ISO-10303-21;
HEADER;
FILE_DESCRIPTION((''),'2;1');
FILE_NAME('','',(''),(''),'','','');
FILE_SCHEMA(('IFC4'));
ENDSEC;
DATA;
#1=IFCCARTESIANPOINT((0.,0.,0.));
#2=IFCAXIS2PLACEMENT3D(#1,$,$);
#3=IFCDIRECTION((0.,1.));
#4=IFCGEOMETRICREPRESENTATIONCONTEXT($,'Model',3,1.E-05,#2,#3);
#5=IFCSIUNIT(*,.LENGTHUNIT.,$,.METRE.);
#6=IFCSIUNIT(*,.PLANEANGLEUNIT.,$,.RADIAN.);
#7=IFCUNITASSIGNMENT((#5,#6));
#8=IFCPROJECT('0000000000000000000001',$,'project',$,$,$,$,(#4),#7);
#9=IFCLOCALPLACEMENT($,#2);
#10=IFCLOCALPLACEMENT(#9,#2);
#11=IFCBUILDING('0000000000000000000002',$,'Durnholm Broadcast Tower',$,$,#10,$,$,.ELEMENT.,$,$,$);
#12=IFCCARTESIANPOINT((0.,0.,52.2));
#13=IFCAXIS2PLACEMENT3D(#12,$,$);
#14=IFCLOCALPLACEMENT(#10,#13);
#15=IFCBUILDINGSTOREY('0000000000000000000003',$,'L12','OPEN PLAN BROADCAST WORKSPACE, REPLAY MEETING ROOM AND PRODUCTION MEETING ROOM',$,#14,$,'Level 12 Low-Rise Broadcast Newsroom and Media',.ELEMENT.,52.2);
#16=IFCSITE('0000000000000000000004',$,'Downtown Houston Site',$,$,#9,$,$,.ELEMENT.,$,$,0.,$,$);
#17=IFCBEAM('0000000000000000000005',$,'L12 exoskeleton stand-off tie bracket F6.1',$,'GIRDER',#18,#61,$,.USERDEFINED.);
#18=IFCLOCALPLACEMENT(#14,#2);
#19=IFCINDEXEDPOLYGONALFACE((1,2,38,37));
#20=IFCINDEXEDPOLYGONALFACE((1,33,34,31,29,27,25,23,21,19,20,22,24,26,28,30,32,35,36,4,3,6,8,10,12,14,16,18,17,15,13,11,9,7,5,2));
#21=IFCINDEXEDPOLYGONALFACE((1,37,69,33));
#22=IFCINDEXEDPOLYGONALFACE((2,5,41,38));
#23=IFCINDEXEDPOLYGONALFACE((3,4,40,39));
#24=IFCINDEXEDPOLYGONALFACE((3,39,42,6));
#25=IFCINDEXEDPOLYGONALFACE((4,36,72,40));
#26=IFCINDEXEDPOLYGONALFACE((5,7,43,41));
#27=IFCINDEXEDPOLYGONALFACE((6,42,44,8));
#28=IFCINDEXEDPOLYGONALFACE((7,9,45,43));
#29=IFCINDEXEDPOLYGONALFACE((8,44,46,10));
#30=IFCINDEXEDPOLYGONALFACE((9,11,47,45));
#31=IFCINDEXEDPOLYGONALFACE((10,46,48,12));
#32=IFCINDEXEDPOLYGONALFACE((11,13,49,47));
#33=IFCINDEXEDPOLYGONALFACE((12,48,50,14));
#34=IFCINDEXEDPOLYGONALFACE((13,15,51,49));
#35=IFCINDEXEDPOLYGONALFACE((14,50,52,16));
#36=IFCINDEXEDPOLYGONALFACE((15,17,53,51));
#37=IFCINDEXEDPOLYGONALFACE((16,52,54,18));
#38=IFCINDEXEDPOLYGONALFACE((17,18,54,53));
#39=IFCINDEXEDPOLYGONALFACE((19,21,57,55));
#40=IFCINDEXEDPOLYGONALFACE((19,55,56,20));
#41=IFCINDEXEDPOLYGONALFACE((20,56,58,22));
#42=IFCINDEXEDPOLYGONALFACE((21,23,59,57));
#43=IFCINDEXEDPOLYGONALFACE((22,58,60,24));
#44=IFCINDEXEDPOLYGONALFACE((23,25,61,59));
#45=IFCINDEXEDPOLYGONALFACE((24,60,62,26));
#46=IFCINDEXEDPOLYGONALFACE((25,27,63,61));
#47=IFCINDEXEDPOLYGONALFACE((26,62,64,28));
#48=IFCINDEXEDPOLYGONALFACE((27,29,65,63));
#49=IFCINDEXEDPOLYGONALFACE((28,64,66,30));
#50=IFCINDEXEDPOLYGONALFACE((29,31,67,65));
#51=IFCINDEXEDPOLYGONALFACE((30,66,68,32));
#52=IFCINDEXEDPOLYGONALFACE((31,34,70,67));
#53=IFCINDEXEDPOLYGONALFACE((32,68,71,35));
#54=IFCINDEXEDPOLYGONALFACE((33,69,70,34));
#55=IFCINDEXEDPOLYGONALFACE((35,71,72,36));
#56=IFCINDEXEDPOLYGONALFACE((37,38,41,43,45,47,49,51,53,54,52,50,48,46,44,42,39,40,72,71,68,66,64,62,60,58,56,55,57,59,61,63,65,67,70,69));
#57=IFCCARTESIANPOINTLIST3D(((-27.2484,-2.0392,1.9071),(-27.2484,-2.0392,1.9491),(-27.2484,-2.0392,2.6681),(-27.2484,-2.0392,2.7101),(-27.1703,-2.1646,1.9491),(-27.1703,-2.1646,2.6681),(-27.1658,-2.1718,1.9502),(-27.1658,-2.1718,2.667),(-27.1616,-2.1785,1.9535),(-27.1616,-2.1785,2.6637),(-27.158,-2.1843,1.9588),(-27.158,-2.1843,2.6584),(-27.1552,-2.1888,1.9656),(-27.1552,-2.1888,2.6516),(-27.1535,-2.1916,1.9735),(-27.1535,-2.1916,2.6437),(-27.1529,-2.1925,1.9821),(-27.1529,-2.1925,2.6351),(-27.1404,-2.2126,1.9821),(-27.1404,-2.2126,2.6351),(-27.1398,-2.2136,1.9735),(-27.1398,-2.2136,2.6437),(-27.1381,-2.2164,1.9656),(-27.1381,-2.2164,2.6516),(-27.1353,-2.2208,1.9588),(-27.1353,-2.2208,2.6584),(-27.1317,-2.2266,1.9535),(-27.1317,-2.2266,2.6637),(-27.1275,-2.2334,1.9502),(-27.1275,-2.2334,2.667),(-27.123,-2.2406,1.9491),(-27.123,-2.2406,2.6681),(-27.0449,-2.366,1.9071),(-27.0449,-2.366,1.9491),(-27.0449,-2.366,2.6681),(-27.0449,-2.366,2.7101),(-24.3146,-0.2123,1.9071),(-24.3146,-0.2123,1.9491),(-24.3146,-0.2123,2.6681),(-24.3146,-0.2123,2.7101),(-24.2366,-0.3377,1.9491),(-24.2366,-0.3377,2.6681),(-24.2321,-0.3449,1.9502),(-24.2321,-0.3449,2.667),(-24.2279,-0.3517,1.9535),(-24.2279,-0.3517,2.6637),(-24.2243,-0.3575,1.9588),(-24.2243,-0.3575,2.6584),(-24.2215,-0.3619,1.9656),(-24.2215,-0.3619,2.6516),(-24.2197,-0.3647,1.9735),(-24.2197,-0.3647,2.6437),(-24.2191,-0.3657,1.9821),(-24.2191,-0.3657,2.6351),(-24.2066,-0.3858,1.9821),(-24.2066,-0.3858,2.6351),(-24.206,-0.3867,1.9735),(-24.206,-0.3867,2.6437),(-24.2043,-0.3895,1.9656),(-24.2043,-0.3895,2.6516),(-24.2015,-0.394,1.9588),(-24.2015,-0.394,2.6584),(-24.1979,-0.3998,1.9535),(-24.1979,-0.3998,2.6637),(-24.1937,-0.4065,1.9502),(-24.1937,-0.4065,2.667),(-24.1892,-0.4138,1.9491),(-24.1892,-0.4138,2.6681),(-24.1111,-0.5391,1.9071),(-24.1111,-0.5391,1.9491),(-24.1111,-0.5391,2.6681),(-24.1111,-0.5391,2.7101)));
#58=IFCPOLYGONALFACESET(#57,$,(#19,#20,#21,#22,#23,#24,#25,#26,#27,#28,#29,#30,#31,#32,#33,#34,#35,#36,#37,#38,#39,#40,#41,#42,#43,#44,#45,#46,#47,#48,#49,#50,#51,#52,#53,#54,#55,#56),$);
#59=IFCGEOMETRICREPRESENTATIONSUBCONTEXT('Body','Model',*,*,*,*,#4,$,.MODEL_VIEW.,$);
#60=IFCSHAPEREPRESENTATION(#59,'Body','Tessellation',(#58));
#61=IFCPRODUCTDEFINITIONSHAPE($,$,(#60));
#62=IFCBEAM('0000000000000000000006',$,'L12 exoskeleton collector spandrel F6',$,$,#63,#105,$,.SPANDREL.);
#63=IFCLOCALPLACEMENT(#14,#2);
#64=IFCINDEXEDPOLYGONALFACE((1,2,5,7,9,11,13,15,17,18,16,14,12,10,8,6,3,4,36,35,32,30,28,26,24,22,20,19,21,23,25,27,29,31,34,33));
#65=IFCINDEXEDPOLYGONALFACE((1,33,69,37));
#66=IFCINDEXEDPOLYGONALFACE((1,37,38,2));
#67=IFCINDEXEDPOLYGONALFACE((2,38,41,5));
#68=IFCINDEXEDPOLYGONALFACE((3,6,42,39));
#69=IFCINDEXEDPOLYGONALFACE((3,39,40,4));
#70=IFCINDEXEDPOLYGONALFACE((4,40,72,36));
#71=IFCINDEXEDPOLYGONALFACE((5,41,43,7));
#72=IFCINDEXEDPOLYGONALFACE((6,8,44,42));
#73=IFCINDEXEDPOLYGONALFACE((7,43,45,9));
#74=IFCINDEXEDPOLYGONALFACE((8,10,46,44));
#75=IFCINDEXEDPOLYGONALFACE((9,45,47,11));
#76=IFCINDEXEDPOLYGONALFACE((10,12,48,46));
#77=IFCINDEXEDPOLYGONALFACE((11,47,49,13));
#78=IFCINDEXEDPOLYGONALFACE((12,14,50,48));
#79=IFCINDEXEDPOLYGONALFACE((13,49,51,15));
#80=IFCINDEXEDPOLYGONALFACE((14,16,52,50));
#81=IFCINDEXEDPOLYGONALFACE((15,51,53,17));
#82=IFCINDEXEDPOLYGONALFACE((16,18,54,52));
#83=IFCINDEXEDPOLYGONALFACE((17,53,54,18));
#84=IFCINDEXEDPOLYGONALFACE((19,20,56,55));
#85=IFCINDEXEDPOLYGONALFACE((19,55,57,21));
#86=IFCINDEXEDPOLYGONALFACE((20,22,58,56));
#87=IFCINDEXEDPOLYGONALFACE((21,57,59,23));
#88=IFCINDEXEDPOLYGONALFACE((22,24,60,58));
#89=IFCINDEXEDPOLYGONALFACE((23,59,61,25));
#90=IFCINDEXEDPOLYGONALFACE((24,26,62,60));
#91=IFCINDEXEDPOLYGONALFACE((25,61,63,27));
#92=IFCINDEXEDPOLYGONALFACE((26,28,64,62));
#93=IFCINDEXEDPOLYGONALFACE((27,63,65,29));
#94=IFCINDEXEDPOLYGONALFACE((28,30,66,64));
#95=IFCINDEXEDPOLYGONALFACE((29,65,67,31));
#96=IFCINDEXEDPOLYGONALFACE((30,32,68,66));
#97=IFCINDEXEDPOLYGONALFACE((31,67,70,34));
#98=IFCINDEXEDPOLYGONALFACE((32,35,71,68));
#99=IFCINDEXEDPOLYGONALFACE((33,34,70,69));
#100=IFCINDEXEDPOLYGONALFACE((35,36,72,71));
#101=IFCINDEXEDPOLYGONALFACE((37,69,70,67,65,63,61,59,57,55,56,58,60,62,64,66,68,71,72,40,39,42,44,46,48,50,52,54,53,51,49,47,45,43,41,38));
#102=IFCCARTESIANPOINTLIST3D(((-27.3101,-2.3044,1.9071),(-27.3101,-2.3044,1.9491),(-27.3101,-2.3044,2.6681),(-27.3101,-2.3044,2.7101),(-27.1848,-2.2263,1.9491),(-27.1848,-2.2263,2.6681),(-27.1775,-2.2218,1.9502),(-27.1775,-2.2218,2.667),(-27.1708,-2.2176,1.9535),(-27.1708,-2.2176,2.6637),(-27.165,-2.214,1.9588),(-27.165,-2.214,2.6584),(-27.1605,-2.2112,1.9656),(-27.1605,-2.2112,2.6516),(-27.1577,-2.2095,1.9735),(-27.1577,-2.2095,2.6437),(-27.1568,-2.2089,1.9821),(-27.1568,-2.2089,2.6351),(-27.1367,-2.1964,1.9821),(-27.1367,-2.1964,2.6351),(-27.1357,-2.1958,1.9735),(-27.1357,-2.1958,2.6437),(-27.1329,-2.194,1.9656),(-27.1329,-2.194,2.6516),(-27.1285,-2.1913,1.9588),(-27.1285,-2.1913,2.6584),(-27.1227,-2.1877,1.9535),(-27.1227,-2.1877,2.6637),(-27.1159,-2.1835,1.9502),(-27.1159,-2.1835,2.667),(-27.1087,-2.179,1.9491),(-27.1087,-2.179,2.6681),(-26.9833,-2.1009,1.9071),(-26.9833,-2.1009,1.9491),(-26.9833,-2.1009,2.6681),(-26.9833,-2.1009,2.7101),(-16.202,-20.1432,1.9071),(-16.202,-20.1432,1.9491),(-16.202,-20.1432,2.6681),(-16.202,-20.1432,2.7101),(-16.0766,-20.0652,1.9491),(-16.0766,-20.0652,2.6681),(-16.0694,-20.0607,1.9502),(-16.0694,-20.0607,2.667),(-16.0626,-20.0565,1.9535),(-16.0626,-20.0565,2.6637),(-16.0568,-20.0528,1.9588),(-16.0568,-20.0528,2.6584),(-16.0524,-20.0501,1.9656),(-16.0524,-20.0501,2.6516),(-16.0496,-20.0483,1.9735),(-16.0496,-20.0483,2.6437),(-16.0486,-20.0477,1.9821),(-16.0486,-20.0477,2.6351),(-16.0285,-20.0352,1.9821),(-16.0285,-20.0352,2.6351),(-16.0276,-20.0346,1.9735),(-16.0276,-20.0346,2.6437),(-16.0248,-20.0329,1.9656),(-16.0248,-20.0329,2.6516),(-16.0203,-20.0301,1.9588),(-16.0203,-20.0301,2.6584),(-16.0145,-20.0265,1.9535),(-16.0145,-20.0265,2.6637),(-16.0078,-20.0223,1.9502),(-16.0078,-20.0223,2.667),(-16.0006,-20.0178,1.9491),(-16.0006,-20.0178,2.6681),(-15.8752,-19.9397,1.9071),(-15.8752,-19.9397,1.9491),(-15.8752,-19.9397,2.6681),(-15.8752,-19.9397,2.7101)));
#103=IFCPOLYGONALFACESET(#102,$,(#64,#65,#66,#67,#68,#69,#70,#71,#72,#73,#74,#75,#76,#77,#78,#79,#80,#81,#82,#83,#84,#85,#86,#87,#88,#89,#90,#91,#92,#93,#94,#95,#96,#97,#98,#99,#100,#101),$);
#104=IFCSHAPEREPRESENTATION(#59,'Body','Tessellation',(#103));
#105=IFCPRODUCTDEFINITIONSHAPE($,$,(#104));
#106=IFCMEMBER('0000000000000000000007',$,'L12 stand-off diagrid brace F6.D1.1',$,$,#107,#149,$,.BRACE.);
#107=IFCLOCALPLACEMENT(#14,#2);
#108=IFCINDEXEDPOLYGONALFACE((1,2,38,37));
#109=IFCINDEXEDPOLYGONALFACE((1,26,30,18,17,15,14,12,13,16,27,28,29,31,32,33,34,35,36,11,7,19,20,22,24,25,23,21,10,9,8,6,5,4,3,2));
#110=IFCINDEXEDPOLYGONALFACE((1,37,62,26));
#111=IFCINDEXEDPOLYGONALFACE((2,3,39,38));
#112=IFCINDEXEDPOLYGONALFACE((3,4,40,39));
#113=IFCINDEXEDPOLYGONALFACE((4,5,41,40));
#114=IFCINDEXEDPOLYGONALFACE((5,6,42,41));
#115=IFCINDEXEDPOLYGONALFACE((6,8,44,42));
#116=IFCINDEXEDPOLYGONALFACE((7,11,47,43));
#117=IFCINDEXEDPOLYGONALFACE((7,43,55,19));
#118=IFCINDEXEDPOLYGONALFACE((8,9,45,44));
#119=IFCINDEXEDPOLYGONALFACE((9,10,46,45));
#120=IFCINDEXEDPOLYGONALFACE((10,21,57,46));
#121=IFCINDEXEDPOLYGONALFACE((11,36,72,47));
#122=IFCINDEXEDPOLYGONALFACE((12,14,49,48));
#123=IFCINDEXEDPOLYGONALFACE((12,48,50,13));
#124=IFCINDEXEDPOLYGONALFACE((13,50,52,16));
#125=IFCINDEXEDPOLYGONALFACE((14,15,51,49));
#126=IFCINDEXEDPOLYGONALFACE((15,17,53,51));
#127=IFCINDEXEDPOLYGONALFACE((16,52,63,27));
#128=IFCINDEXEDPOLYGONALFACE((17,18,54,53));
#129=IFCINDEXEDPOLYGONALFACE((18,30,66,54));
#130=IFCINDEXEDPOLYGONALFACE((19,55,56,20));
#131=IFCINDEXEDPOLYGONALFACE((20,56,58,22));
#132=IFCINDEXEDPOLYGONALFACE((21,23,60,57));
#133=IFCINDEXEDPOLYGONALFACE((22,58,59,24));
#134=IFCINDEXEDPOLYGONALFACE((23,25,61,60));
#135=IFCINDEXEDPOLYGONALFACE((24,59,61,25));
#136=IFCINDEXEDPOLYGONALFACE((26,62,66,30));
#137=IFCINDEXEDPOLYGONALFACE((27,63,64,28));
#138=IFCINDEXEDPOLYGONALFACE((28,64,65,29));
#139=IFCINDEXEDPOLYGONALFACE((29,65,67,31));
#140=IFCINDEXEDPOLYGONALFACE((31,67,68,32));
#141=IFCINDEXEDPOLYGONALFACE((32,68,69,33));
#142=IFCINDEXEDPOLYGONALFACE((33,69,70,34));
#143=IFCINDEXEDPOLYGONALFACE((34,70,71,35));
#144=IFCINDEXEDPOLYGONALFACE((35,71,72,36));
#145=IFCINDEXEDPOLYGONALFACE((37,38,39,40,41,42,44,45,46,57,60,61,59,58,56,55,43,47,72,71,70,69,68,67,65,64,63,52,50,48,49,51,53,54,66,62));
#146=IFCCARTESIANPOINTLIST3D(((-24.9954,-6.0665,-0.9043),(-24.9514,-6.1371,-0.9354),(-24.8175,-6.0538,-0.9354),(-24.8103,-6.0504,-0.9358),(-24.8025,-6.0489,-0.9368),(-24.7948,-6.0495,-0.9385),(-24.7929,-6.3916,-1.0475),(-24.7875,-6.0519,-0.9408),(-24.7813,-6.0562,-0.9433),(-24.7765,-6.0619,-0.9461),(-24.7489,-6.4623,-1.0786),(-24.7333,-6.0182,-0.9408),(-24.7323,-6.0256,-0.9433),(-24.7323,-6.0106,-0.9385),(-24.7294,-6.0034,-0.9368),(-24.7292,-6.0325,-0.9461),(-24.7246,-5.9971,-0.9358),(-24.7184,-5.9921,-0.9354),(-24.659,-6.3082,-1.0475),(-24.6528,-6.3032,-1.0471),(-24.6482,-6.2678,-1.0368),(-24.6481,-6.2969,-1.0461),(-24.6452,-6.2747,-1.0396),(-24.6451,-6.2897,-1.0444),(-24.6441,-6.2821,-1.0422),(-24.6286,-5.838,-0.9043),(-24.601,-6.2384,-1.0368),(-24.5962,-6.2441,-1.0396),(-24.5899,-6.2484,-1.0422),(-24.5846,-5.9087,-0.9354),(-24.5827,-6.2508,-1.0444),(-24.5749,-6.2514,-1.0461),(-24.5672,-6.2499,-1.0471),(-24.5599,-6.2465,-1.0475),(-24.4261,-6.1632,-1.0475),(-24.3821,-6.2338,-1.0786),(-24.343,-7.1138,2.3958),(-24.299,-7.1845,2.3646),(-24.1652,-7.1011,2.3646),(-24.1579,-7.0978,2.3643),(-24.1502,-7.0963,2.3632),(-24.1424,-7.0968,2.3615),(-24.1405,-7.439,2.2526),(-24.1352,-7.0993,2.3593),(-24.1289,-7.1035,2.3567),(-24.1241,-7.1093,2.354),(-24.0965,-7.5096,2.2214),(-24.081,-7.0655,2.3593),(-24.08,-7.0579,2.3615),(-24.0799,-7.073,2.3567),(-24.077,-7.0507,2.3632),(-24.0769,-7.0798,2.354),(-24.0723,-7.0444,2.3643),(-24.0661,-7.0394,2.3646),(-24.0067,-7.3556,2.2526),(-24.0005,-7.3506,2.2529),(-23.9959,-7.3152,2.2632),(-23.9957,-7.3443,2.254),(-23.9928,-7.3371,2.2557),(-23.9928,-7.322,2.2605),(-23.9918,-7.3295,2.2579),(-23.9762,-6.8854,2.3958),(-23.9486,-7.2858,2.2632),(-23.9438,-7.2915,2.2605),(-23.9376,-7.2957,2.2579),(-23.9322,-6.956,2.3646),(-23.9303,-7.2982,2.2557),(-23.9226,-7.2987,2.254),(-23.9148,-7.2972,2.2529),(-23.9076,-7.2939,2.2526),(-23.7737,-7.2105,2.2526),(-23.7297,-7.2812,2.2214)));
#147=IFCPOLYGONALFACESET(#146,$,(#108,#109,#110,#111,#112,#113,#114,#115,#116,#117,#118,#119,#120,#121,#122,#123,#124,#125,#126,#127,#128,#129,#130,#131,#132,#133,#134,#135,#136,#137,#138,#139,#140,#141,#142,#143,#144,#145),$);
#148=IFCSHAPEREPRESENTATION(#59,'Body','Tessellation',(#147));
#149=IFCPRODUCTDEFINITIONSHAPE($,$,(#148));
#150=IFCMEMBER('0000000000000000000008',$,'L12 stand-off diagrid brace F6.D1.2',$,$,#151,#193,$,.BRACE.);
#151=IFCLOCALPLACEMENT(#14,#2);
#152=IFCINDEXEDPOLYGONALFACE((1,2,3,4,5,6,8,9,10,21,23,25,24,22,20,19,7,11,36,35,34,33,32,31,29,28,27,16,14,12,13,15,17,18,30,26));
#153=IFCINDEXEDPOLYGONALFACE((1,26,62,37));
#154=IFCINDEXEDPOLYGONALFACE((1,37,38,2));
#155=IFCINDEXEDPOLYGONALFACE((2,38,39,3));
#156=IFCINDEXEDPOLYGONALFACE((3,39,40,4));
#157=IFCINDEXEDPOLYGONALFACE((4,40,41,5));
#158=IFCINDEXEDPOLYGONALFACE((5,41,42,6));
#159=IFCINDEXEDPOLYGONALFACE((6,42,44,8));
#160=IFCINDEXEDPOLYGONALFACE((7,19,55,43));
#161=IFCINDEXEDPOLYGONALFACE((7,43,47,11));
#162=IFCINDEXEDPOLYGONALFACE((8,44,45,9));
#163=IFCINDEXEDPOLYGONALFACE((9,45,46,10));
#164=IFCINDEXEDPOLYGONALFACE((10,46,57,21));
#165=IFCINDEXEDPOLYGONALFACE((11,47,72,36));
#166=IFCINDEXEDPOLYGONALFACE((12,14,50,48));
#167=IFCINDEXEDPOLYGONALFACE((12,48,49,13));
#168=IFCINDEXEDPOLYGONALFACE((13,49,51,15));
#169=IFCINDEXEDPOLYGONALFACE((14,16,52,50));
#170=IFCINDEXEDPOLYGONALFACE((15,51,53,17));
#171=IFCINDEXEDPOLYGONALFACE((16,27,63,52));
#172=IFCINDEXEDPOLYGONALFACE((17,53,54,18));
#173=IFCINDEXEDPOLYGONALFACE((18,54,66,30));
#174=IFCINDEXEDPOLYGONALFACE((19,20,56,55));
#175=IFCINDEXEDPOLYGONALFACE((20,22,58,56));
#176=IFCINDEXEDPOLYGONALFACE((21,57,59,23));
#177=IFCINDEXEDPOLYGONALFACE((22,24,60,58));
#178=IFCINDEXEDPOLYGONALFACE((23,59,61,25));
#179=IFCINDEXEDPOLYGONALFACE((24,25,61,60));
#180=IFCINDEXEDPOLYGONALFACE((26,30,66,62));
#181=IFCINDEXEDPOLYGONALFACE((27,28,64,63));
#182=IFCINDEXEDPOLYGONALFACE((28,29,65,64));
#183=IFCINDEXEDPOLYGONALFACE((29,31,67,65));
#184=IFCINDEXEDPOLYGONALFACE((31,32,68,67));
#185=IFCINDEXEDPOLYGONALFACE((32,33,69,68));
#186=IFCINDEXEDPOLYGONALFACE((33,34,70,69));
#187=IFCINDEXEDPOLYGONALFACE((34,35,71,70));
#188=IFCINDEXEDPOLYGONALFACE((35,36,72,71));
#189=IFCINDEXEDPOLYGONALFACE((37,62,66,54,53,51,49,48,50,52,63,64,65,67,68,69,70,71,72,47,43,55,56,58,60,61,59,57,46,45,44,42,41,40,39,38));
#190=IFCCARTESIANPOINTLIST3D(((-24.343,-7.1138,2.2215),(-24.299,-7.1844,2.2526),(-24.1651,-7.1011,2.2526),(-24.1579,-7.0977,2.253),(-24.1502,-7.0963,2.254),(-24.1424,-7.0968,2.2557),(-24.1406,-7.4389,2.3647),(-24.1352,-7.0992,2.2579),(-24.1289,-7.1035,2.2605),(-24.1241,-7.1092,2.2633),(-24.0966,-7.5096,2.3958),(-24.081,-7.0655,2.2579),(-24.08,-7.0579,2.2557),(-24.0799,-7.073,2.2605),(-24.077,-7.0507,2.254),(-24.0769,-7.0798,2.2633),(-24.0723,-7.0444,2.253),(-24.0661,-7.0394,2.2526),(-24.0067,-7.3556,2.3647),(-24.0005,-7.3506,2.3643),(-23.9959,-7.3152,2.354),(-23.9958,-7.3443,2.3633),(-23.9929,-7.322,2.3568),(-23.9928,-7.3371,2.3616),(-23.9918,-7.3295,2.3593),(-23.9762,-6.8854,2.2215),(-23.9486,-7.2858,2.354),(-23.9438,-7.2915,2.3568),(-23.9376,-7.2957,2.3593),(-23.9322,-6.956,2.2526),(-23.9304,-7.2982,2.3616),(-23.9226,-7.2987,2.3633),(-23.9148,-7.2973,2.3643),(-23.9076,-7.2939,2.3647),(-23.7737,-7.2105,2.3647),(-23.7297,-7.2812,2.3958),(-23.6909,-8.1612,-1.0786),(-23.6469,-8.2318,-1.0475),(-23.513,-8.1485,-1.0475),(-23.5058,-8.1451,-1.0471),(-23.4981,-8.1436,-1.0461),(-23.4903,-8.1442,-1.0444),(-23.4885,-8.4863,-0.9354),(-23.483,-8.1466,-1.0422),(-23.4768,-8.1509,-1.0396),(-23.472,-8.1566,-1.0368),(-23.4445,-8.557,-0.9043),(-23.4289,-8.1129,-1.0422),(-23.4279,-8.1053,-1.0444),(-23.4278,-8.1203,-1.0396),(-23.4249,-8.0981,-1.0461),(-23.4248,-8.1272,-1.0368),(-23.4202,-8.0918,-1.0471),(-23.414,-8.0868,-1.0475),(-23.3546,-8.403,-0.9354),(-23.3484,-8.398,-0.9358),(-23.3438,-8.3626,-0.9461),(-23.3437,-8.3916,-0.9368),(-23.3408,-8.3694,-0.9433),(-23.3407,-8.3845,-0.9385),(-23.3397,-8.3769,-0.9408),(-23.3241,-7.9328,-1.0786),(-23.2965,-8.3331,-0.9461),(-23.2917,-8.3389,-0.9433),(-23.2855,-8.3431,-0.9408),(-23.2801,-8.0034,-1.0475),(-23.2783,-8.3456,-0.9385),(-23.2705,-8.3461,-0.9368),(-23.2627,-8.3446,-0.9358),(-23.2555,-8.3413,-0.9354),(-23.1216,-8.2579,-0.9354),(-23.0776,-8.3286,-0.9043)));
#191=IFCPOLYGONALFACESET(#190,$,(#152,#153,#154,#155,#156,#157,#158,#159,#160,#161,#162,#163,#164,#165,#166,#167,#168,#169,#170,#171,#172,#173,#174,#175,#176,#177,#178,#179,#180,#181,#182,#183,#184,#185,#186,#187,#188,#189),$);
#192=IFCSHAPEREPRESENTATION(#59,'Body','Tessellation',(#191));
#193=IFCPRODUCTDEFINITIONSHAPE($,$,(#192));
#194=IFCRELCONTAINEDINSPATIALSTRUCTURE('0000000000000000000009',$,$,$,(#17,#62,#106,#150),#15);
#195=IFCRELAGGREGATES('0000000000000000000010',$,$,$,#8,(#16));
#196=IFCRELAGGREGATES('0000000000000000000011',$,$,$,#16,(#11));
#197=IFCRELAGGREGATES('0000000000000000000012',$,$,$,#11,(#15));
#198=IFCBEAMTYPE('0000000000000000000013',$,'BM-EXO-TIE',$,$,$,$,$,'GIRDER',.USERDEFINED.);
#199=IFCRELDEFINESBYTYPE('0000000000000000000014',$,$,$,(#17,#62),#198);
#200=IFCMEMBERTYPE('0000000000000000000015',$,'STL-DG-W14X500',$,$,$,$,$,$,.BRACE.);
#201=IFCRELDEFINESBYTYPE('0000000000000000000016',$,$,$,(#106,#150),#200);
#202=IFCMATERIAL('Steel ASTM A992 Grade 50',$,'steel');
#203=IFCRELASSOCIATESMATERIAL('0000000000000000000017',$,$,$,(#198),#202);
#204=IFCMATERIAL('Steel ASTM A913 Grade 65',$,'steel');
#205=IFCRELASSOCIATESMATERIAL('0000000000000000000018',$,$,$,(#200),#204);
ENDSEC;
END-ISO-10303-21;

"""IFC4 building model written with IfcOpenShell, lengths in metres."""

from ifc_helpers import new_model, si_unit, direction, frame, origin, origin_2d, place, context, subcontext, project, spatial, i_section, extrude, source, transform, mapped, material, material_profile, profile_set, type_object, type_shapes, element, save


model = new_model("IFC4")

# Units and contexts
model_context = context("Model", 3, precision=1e-05, world=origin(), true_north=direction((0.0, 1.0)))
body_context = subcontext(model_context, "Body", "Model", "MODEL_VIEW")
ifc_project = project(units=[si_unit("LENGTHUNIT", "METRE"), si_unit("PLANEANGLEUNIT", "RADIAN")], contexts=[model_context])

# Site, building, storey
site_placement = place(None, origin())
site = spatial("IfcSite", under=ifc_project, at=site_placement, Name="Downtown Houston Site", CompositionType="ELEMENT", RefElevation=0.0)
building_placement = place(site_placement, origin())
building = spatial("IfcBuilding", under=site, at=building_placement, Name="Durnholm Broadcast Tower", CompositionType="ELEMENT")
storey_placement = place(building_placement, frame((0.0, 0.0, 52.2)))
storey = spatial("IfcBuildingStorey", under=building, at=storey_placement, Name="L12", Description="OPEN PLAN BROADCAST WORKSPACE, REPLAY MEETING ROOM AND PRODUCTION MEETING ROOM", LongName="Level 12 Low-Rise Broadcast Newsroom and Media", CompositionType="ELEMENT", Elevation=52.2)

# Beams
ifc_material_1 = material(Name="Steel ASTM A992 Grade 50", Category="steel")
ifc_material_profile_1 = material_profile(ifc_material_1, i_section(OverallWidth=0.385, OverallDepth=0.803, WebThickness=0.0237, FlangeThickness=0.042, FilletRadius=0.033, at=origin_2d()), Name="W30X261")
ifc_profile_set_1 = profile_set([ifc_material_profile_1], Name="Steel ASTM A992 Grade 50")
beam_type = type_object("IfcBeamType", Name="BM-EXO-TIE", ElementType="GIRDER", PredefinedType="USERDEFINED", material=ifc_profile_set_1)
shared_shape_1 = source(origin(), body_context, "Body", "SweptSolid", [
    extrude(i_section(OverallWidth=0.385, OverallDepth=0.803, WebThickness=0.0237, FlangeThickness=0.042, FilletRadius=0.033, at=origin_2d()), origin(), (0.0, 0.0, 1.0), 3.4561),
])
beam_1_placement = place(storey_placement, frame((-24.2129, -0.3757, 2.3086), z_axis=(-0.848874, -0.528595, 0.0), x_axis=(0.528595, -0.848874, 0.0)))
element("IfcBeam", 1, at=beam_1_placement, inside=storey, type_object=beam_type, Name="L12 exoskeleton stand-off tie bracket F6.1", ObjectType="GIRDER", PredefinedType="USERDEFINED", context=body_context, shape_type="MappedRepresentation", body=[
    mapped(shared_shape_1, transform((0.0, 0.0, 0.0), x_axis=(1.0, 0.0, 0.0), y_axis=(0.0, 1.0, 0.0), z_axis=(0.0, 0.0, 1.0), scale=1.0)),
])
shared_shape_2 = source(origin(), body_context, "Body", "SweptSolid", [
    extrude(i_section(OverallWidth=0.385, OverallDepth=0.803, WebThickness=0.0237, FlangeThickness=0.042, FilletRadius=0.033, at=origin_2d()), origin(), (0.0, 0.0, 1.0), 21.0146),
])
type_shapes(beam_type, [shared_shape_1, shared_shape_2])
beam_2_placement = place(storey_placement, frame((-27.1467, -2.2026, 2.3086), z_axis=(0.528591, -0.848877, 0.0), x_axis=(0.848877, 0.528591, 0.0)))
element("IfcBeam", 2, at=beam_2_placement, inside=storey, type_object=beam_type, Name="L12 exoskeleton collector spandrel F6", PredefinedType="SPANDREL", context=body_context, shape_type="MappedRepresentation", body=[
    mapped(shared_shape_2, transform((0.0, 0.0, 0.0), x_axis=(1.0, 0.0, 0.0), y_axis=(0.0, 1.0, 0.0), z_axis=(0.0, 0.0, 1.0), scale=1.0)),
])

# Members
ifc_material_2 = material(Name="Steel ASTM A913 Grade 65", Category="steel")
ifc_material_profile_2 = material_profile(ifc_material_2, i_section(OverallWidth=0.4321, OverallDepth=0.4978, WebThickness=0.0557, FlangeThickness=0.0889, FilletRadius=0.0305, at=origin_2d()), Name="W14X500")
ifc_profile_set_2 = profile_set([ifc_material_profile_2], Name="Steel ASTM A913 Grade 65")
member_type_1 = type_object("IfcMemberType", Name="STL-DG-W14X500", PredefinedType="BRACE", material=ifc_profile_set_2)
shared_shape_3 = source(origin(), body_context, "Body", "SweptSolid", [
    extrude(i_section(OverallWidth=0.4321, OverallDepth=0.4978, WebThickness=0.0557, FlangeThickness=0.0889, FilletRadius=0.0305, at=origin_2d()), origin(), (0.0, 0.0, 1.0), 3.5232),
])
type_shapes(member_type_1, [shared_shape_3])
for number, where, z_axis, x_axis, name in (
    (3, (-24.6887, -6.1501, -0.9915), (0.185157, -0.297277, 0.936666), (0.84882, 0.528682, 0.0), "L12 stand-off diagrid brace F6.D1.1"),
    (4, (-23.3843, -8.2449, -0.9915), (-0.18509, 0.297281, 0.936678), (-0.848909, -0.52854, 0.0), "L12 stand-off diagrid brace F6.D1.2"),
):
    element("IfcMember", number, at=place(storey_placement, frame(where, z_axis=z_axis, x_axis=x_axis)), inside=storey, type_object=member_type_1, Name=name, PredefinedType="BRACE", context=body_context, shape_type="MappedRepresentation", body=[
        mapped(shared_shape_3, transform((0.0, 0.0, 0.0), x_axis=(1.0, 0.0, 0.0), y_axis=(0.0, 1.0, 0.0), z_axis=(0.0, 0.0, 1.0), scale=1.0)),
    ])

save(model, "model.ifc")
